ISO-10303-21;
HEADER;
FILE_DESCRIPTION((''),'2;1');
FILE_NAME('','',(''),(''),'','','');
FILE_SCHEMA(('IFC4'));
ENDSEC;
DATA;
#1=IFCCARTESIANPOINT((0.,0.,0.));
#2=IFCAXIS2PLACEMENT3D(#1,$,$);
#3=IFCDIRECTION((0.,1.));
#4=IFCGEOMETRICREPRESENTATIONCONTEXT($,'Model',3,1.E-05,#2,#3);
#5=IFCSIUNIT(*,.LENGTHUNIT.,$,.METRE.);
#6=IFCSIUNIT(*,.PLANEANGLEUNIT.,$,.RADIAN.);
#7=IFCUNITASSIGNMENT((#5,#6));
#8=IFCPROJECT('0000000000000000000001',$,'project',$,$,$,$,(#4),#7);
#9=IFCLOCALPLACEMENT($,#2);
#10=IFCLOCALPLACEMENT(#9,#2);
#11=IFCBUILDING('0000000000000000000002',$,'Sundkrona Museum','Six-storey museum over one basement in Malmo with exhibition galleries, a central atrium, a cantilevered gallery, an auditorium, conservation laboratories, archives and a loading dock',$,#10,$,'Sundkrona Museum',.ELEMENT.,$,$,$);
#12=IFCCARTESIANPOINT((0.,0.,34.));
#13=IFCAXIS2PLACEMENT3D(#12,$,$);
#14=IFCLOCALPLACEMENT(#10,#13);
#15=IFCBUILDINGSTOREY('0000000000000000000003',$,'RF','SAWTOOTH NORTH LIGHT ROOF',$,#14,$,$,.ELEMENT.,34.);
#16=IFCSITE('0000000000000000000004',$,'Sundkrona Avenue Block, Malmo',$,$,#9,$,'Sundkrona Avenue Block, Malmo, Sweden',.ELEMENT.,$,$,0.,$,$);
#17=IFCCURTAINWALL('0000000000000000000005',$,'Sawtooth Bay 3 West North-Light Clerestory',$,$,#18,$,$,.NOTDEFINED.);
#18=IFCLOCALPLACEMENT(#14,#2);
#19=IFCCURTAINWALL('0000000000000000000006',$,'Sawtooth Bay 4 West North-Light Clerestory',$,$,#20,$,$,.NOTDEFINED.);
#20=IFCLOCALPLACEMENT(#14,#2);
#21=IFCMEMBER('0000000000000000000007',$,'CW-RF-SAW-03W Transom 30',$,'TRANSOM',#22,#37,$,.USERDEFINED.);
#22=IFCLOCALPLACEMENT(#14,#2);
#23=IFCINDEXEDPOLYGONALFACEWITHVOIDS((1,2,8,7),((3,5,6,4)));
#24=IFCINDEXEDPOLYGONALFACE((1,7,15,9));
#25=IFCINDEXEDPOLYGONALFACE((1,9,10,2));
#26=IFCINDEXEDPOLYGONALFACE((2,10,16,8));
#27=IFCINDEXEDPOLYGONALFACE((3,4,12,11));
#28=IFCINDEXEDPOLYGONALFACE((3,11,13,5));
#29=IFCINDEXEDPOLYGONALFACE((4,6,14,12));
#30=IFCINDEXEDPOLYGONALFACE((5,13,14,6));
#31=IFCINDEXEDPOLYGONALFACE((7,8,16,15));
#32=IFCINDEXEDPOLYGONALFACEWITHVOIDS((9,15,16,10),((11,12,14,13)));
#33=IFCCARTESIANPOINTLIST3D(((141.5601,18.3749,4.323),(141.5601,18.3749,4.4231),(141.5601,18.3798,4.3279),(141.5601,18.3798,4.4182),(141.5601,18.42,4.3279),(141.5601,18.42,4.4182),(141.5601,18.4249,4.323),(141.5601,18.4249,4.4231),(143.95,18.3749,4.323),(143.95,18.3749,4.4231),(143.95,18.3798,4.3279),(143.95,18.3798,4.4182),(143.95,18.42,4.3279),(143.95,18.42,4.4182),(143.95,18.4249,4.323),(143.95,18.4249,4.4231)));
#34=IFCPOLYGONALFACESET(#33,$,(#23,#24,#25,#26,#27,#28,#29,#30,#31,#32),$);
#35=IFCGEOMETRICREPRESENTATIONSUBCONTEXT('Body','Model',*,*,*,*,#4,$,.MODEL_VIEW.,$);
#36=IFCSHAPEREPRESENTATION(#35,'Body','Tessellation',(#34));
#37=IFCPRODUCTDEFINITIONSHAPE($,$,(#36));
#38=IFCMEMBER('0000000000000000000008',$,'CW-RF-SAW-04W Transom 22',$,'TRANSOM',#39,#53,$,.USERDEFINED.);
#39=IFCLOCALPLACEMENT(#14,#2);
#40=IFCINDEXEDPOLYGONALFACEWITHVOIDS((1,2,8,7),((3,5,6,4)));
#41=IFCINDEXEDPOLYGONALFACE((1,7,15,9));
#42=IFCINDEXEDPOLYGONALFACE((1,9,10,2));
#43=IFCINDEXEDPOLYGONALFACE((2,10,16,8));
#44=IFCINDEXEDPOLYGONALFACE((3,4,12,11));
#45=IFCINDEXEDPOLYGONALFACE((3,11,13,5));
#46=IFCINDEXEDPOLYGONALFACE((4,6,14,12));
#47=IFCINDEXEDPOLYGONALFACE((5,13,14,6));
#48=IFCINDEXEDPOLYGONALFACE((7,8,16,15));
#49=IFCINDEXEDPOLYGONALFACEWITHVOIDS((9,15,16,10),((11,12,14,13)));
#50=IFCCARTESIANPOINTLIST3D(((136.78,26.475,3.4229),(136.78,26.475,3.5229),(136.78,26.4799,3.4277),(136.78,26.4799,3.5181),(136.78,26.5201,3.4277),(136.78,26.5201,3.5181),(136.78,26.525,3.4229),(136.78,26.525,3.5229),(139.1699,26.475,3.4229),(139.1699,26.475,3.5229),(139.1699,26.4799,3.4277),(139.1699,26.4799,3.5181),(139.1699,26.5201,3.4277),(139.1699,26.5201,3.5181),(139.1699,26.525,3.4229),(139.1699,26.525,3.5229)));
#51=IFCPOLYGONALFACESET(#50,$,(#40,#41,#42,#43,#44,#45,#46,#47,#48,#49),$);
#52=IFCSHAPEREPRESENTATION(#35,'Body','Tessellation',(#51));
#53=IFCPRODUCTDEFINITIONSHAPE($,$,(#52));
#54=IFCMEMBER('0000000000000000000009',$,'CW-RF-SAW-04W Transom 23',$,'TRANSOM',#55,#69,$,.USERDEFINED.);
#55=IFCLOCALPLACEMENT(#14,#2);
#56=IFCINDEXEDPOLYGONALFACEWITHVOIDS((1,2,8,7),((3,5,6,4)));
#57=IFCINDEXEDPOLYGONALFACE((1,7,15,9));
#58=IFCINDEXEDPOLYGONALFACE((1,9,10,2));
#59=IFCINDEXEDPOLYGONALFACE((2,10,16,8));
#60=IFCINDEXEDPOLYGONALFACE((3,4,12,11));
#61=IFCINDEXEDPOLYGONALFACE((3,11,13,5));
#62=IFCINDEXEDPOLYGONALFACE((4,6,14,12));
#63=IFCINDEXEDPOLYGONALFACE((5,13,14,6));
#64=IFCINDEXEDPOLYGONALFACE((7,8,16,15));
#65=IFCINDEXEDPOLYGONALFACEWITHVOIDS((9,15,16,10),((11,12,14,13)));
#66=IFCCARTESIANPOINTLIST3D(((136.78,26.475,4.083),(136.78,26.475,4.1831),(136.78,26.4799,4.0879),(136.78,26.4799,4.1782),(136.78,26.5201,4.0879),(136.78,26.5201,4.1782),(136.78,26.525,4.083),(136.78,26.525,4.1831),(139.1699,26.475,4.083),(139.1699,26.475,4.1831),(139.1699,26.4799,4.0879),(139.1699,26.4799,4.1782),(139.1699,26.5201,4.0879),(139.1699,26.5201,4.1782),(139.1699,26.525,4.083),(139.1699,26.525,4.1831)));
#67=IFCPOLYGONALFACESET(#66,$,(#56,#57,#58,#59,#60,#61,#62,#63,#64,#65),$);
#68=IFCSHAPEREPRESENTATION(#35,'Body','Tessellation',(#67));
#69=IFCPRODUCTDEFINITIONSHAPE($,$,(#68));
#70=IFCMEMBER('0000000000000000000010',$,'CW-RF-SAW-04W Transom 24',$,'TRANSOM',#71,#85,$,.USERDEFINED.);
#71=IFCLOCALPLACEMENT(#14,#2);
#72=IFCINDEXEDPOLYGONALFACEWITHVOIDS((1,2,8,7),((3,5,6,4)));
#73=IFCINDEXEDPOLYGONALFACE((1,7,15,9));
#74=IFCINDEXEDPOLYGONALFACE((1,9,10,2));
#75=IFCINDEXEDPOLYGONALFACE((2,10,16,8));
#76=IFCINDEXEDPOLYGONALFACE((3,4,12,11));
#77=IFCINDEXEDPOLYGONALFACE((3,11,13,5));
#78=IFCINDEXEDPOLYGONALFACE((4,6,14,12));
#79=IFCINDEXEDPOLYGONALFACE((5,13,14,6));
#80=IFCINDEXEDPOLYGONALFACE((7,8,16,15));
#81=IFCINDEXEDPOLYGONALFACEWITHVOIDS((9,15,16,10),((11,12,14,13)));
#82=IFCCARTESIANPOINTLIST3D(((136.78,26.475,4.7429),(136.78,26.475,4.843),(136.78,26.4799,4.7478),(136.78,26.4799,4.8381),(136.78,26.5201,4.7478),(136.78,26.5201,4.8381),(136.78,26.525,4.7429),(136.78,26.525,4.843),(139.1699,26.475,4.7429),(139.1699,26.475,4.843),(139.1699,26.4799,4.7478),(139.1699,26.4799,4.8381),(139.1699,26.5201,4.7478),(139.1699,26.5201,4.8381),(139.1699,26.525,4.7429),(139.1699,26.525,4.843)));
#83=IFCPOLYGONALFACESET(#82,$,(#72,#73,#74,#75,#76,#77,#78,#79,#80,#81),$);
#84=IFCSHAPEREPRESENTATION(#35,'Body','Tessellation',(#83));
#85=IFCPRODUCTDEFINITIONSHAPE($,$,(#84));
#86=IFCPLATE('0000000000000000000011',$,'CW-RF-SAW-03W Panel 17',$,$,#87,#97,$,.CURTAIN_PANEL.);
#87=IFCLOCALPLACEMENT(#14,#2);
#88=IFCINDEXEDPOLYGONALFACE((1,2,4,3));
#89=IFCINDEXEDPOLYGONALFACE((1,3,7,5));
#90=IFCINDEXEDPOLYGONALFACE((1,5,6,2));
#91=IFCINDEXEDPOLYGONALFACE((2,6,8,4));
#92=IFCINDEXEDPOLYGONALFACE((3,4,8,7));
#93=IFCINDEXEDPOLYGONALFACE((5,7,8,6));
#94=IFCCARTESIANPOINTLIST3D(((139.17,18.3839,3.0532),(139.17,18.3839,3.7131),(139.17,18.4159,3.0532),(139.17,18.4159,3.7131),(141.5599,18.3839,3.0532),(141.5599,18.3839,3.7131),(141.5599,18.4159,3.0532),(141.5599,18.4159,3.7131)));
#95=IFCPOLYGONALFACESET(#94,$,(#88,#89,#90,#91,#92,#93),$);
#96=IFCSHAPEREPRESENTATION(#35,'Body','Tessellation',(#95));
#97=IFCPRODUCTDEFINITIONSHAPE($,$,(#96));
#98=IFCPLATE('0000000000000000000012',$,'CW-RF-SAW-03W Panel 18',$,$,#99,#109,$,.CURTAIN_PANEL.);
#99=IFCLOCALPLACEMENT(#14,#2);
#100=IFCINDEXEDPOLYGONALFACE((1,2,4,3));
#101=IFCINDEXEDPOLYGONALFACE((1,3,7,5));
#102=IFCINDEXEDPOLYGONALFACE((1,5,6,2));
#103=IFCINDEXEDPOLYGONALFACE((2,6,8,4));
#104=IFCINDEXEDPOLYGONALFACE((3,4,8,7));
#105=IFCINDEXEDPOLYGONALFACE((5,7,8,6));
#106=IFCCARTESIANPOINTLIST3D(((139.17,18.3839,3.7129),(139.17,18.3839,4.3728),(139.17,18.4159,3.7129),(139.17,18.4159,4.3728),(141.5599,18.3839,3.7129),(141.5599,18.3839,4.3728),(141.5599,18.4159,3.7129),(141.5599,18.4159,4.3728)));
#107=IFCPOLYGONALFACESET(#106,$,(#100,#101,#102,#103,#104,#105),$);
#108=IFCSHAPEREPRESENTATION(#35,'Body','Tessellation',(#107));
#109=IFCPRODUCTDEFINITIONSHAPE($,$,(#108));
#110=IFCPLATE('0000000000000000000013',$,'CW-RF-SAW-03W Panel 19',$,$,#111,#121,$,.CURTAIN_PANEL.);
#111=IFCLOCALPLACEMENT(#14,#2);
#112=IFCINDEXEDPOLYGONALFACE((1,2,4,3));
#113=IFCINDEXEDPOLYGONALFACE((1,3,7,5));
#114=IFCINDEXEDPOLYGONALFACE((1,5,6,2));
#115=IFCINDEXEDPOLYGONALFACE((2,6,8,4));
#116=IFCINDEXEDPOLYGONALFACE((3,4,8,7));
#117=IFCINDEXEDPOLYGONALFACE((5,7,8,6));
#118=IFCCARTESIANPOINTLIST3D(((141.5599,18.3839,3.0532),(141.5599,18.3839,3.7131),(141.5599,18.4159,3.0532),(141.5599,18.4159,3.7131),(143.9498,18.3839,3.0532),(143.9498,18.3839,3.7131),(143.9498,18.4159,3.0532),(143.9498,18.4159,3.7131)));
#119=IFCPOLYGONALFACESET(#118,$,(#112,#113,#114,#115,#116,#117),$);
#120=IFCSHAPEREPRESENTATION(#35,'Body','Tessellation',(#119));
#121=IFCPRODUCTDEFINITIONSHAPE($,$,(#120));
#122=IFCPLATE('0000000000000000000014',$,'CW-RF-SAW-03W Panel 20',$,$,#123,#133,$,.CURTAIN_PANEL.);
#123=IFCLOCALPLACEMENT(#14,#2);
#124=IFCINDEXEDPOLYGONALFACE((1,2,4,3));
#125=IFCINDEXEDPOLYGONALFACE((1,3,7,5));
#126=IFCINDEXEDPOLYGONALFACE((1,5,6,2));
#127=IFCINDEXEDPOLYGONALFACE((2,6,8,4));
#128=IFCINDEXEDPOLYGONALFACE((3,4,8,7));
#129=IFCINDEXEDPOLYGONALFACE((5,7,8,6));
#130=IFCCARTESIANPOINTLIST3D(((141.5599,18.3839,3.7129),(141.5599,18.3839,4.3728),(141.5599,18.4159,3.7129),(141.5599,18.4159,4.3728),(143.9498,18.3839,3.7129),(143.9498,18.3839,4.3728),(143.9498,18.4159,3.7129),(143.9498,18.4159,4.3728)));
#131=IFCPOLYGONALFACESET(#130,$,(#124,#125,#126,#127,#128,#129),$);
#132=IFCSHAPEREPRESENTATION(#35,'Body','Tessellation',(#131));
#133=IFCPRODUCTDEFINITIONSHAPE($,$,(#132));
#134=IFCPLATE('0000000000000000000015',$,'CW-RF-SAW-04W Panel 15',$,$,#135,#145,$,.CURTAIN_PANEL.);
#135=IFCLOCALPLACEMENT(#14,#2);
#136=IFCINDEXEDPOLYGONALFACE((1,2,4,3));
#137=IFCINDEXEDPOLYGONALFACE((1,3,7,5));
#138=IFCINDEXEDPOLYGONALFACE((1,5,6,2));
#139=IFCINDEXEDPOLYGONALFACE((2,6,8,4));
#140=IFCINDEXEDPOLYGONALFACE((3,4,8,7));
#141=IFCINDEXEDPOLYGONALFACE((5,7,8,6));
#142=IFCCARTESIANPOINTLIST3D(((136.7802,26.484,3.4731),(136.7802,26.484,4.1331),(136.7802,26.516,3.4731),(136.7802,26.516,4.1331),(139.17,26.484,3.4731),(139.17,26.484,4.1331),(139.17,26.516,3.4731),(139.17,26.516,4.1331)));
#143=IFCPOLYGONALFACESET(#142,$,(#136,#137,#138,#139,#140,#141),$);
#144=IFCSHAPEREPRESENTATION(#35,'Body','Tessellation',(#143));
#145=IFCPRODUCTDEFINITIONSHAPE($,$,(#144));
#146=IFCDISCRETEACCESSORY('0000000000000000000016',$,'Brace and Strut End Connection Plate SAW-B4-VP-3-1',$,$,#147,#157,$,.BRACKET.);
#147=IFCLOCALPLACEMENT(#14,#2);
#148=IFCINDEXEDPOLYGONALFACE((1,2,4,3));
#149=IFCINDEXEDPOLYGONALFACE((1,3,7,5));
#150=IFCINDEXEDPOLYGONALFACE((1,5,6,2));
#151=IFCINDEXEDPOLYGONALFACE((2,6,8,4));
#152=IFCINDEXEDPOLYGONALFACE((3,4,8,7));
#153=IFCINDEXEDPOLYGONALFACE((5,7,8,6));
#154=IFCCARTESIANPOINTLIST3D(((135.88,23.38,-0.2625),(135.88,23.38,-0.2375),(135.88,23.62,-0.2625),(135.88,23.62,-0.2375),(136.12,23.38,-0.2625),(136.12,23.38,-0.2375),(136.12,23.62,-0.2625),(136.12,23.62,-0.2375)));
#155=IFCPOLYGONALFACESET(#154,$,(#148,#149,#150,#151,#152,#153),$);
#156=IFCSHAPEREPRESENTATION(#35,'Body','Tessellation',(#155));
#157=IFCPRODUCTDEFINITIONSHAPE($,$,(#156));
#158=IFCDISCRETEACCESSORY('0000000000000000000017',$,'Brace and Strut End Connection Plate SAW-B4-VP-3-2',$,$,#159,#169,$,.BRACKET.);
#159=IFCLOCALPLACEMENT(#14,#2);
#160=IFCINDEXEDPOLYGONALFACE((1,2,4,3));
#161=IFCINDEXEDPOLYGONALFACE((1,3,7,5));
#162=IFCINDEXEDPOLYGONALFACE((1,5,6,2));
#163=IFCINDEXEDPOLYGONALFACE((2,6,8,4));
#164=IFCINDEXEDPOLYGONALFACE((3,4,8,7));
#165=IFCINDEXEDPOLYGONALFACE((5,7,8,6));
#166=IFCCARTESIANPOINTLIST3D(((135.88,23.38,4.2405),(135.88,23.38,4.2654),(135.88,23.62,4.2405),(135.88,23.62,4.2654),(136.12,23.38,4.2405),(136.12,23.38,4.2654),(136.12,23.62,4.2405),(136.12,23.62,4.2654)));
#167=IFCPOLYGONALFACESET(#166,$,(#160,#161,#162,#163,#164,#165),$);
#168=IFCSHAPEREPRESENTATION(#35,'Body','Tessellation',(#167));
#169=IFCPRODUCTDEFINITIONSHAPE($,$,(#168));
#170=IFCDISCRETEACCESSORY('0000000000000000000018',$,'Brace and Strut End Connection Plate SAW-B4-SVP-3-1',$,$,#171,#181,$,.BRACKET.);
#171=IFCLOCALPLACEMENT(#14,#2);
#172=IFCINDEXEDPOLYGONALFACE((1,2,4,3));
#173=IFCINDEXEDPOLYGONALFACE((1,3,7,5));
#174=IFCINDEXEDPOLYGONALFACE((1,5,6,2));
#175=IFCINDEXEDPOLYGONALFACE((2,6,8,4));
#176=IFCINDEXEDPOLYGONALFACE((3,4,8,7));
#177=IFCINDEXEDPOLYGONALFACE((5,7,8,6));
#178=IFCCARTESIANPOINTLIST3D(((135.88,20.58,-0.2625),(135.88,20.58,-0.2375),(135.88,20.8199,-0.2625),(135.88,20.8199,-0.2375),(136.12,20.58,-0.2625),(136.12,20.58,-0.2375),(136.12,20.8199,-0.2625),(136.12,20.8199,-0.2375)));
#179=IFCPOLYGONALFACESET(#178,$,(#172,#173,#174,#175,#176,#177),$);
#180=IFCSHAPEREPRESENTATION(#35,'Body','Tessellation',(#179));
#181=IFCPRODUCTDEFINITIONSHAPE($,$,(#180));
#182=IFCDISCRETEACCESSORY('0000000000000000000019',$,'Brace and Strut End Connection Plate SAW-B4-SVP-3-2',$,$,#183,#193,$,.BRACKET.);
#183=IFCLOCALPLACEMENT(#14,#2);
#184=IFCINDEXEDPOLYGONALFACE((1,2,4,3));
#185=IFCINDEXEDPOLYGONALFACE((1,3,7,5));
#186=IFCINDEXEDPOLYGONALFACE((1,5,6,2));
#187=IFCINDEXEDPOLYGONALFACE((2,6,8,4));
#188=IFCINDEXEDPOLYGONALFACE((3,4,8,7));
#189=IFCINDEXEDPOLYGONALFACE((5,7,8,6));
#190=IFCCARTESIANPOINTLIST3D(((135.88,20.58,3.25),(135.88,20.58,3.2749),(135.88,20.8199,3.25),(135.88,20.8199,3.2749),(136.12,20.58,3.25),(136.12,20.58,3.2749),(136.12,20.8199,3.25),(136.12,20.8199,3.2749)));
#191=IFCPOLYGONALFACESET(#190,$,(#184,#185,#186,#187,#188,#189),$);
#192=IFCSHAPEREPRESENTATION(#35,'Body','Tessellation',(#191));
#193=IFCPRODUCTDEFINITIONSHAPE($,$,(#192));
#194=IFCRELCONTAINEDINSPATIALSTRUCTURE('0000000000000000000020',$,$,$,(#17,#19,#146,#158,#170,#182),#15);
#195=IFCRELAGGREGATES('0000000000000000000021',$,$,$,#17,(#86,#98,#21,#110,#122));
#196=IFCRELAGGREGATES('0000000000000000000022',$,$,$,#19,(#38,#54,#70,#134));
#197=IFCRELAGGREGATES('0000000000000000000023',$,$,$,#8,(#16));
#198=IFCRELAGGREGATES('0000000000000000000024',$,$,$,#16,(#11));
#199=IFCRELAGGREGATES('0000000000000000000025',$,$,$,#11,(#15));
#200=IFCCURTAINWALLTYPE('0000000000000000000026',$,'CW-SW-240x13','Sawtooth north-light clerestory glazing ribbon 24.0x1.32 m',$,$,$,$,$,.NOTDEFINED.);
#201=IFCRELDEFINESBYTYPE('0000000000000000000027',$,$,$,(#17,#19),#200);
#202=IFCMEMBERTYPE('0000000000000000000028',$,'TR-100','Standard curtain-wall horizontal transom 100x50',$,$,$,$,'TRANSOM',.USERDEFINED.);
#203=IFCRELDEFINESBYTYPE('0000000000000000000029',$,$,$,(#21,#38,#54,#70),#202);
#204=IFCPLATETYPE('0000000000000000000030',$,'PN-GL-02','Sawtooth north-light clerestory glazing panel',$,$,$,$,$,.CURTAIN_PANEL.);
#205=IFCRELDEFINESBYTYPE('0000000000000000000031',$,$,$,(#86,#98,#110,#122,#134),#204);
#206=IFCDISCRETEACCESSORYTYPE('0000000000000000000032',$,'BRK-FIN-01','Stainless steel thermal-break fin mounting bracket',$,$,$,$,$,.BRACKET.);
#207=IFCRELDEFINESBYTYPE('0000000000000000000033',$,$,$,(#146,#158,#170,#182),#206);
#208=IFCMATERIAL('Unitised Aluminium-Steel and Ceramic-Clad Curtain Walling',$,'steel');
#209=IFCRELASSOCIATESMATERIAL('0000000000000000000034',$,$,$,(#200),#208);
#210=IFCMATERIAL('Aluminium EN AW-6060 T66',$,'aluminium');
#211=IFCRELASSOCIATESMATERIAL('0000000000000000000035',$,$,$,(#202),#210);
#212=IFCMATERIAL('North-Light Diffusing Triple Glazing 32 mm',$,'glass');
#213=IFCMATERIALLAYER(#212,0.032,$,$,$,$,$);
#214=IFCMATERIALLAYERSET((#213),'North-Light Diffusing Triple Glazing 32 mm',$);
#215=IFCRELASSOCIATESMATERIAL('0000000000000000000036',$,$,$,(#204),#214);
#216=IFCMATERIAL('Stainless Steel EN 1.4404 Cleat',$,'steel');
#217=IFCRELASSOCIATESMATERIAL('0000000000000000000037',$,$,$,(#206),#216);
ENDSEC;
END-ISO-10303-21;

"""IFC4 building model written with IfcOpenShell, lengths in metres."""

from ifc_helpers import new_model, si_unit, direction, frame, origin, origin_2d, place, context, subcontext, project, spatial, rectangle, hollow_rectangle, extrude, material, layer, layer_set, material_profile, profile_set, type_object, element, aggregate, save


model = new_model("IFC4")

# Units and contexts
model_context = context("Model", 3, precision=1e-05, world=origin(), true_north=direction((0.0, 1.0)))
body_context = subcontext(model_context, "Body", "Model", "MODEL_VIEW")
ifc_project = project(units=[si_unit("LENGTHUNIT", "METRE"), si_unit("PLANEANGLEUNIT", "RADIAN")], contexts=[model_context])

# Site, building, storey
site_placement = place(None, origin())
site = spatial("IfcSite", under=ifc_project, at=site_placement, Name="Sundkrona Avenue Block, Malmo", LongName="Sundkrona Avenue Block, Malmo, Sweden", CompositionType="ELEMENT", RefElevation=0.0)
building_placement = place(site_placement, origin())
building = spatial("IfcBuilding", under=site, at=building_placement, Name="Sundkrona Museum", Description="Six-storey museum over one basement in Malmo with exhibition galleries, a central atrium, a cantilevered gallery, an auditorium, conservation laboratories, archives and a loading dock", LongName="Sundkrona Museum", CompositionType="ELEMENT")
storey_placement = place(building_placement, frame((0.0, 0.0, 34.0)))
storey = spatial("IfcBuildingStorey", under=building, at=storey_placement, Name="RF", Description="SAWTOOTH NORTH LIGHT ROOF", CompositionType="ELEMENT", Elevation=34.0)

# Curtain wall
ifc_material_1 = material(Name="Unitised Aluminium-Steel and Ceramic-Clad Curtain Walling", Category="steel")
curtain_wall_type = type_object("IfcCurtainWallType", Name="CW-SW-240x13", Description="Sawtooth north-light clerestory glazing ribbon 24.0x1.32 m", PredefinedType="NOTDEFINED", material=ifc_material_1)
curtain_wall_1_placement = place(storey_placement, origin())
curtain_wall_1 = element("IfcCurtainWall", 1, at=curtain_wall_1_placement, inside=storey, type_object=curtain_wall_type, Name="Sawtooth Bay 3 West North-Light Clerestory", PredefinedType="NOTDEFINED")
ifc_material_2 = material(Name="Aluminium EN AW-6060 T66", Category="aluminium")

# Curtain wall
curtain_wall_2_placement = place(storey_placement, origin())
curtain_wall_2 = element("IfcCurtainWall", 2, at=curtain_wall_2_placement, inside=storey, type_object=curtain_wall_type, Name="Sawtooth Bay 4 West North-Light Clerestory", PredefinedType="NOTDEFINED")

# Members
ifc_material_profile_1 = material_profile(ifc_material_2, hollow_rectangle(XDim=0.05, YDim=0.1001, WallThickness=0.0049, at=origin_2d()), Name="RHS 100x50x5.0")
ifc_profile_set_1 = profile_set([ifc_material_profile_1], Name="Aluminium EN AW-6060 T66")
member_type_1 = type_object("IfcMemberType", Name="TR-100", Description="Standard curtain-wall horizontal transom 100x50", ElementType="TRANSOM", PredefinedType="USERDEFINED", material=ifc_profile_set_1)
member_1_placement = place(storey_placement, frame((141.5601, 18.3999, 4.373), z_axis=(1.0, 0.0, 0.0), x_axis=(0.0, 1.0, 0.0)))
member_1 = element("IfcMember", 3, at=member_1_placement, type_object=member_type_1, Name="CW-RF-SAW-03W Transom 30", ObjectType="TRANSOM", PredefinedType="USERDEFINED", context=body_context, shape_type="SweptSolid", body=[
    extrude(hollow_rectangle(XDim=0.05, YDim=0.1001, WallThickness=0.0049, at=origin_2d()), origin(), (0.0, 0.0, 1.0), 2.3899),
])
member_2_placement = place(storey_placement, frame((136.78, 26.5, 3.4729), z_axis=(1.0, 0.0, 0.0), x_axis=(0.0, 1.0, 0.0)))
member_2 = element("IfcMember", 4, at=member_2_placement, type_object=member_type_1, Name="CW-RF-SAW-04W Transom 22", ObjectType="TRANSOM", PredefinedType="USERDEFINED", context=body_context, shape_type="SweptSolid", body=[
    extrude(hollow_rectangle(XDim=0.05, YDim=0.1001, WallThickness=0.0049, at=origin_2d()), origin(), (0.0, 0.0, 1.0), 2.3899),
])
member_3_placement = place(storey_placement, frame((136.78, 26.5, 4.1331), z_axis=(1.0, 0.0, 0.0), x_axis=(0.0, 1.0, 0.0)))
member_3 = element("IfcMember", 5, at=member_3_placement, type_object=member_type_1, Name="CW-RF-SAW-04W Transom 23", ObjectType="TRANSOM", PredefinedType="USERDEFINED", context=body_context, shape_type="SweptSolid", body=[
    extrude(hollow_rectangle(XDim=0.05, YDim=0.1001, WallThickness=0.0049, at=origin_2d()), origin(), (0.0, 0.0, 1.0), 2.3899),
])
member_4_placement = place(storey_placement, frame((136.78, 26.5, 4.793), z_axis=(1.0, 0.0, 0.0), x_axis=(0.0, 1.0, 0.0)))
member_4 = element("IfcMember", 6, at=member_4_placement, type_object=member_type_1, Name="CW-RF-SAW-04W Transom 24", ObjectType="TRANSOM", PredefinedType="USERDEFINED", context=body_context, shape_type="SweptSolid", body=[
    extrude(hollow_rectangle(XDim=0.05, YDim=0.1001, WallThickness=0.0049, at=origin_2d()), origin(), (0.0, 0.0, 1.0), 2.3899),
])

# Plates
ifc_material_3 = material(Name="North-Light Diffusing Triple Glazing 32 mm", Category="glass")
ifc_layer_1 = layer(ifc_material_3, 0.032)
ifc_layer_set_1 = layer_set([ifc_layer_1], Name="North-Light Diffusing Triple Glazing 32 mm")
plate_type = type_object("IfcPlateType", Name="PN-GL-02", Description="Sawtooth north-light clerestory glazing panel", PredefinedType="CURTAIN_PANEL", material=ifc_layer_set_1)
plate_1_placement = place(storey_placement, frame((140.365, 18.3999, 3.0532), z_axis=(0.0, 0.0, 1.0), x_axis=(1.0, 0.0, 0.0)))
plate_1 = element("IfcPlate", 7, at=plate_1_placement, type_object=plate_type, Name="CW-RF-SAW-03W Panel 17", PredefinedType="CURTAIN_PANEL", context=body_context, shape_type="SweptSolid", body=[
    extrude(rectangle(XDim=2.3899, YDim=0.032, at=origin_2d()), origin(), (0.0, 0.0, 1.0), 0.6599),
])
plate_2_placement = place(storey_placement, frame((140.365, 18.3999, 3.7129), z_axis=(0.0, 0.0, 1.0), x_axis=(1.0, 0.0, 0.0)))
plate_2 = element("IfcPlate", 8, at=plate_2_placement, type_object=plate_type, Name="CW-RF-SAW-03W Panel 18", PredefinedType="CURTAIN_PANEL", context=body_context, shape_type="SweptSolid", body=[
    extrude(rectangle(XDim=2.3899, YDim=0.032, at=origin_2d()), origin(), (0.0, 0.0, 1.0), 0.6599),
])
plate_3_placement = place(storey_placement, frame((142.7549, 18.3999, 3.0532), z_axis=(0.0, 0.0, 1.0), x_axis=(1.0, 0.0, 0.0)))
plate_3 = element("IfcPlate", 9, at=plate_3_placement, type_object=plate_type, Name="CW-RF-SAW-03W Panel 19", PredefinedType="CURTAIN_PANEL", context=body_context, shape_type="SweptSolid", body=[
    extrude(rectangle(XDim=2.3899, YDim=0.032, at=origin_2d()), origin(), (0.0, 0.0, 1.0), 0.6599),
])
plate_4_placement = place(storey_placement, frame((142.7549, 18.3999, 3.7129), z_axis=(0.0, 0.0, 1.0), x_axis=(1.0, 0.0, 0.0)))
plate_4 = element("IfcPlate", 10, at=plate_4_placement, type_object=plate_type, Name="CW-RF-SAW-03W Panel 20", PredefinedType="CURTAIN_PANEL", context=body_context, shape_type="SweptSolid", body=[
    extrude(rectangle(XDim=2.3899, YDim=0.032, at=origin_2d()), origin(), (0.0, 0.0, 1.0), 0.6599),
])
aggregate(curtain_wall_1, [plate_1, plate_2, member_1, plate_3, plate_4])
plate_5_placement = place(storey_placement, frame((137.9751, 26.5, 3.4731), z_axis=(0.0, 0.0, 1.0), x_axis=(1.0, 0.0, 0.0)))
plate_5 = element("IfcPlate", 11, at=plate_5_placement, type_object=plate_type, Name="CW-RF-SAW-04W Panel 15", PredefinedType="CURTAIN_PANEL", context=body_context, shape_type="SweptSolid", body=[
    extrude(rectangle(XDim=2.3899, YDim=0.032, at=origin_2d()), origin(), (0.0, 0.0, 1.0), 0.6599),
])
aggregate(curtain_wall_2, [member_2, member_3, member_4, plate_5])

# Discrete accessories
ifc_material_4 = material(Name="Stainless Steel EN 1.4404 Cleat", Category="steel")
discrete_accessory_type = type_object("IfcDiscreteAccessoryType", Name="BRK-FIN-01", Description="Stainless steel thermal-break fin mounting bracket", PredefinedType="BRACKET", material=ifc_material_4)
for number, where, z_axis, x_axis, name in (
    (12, (136.0, 23.5, -0.2625), (0.0, 0.0, 1.0), (1.0, 0.0, 0.0), "Brace and Strut End Connection Plate SAW-B4-VP-3-1"),
    (13, (136.0, 23.5, 4.2405), (0.0, 0.0, 1.0), (1.0, 0.0, 0.0), "Brace and Strut End Connection Plate SAW-B4-VP-3-2"),
    (14, (136.0, 20.7, -0.2625), (0.0, 0.0, 1.0), (1.0, 0.0, 0.0), "Brace and Strut End Connection Plate SAW-B4-SVP-3-1"),
    (15, (136.0, 20.7, 3.25), (0.0, 0.0, 1.0), (1.0, 0.0, 0.0), "Brace and Strut End Connection Plate SAW-B4-SVP-3-2"),
):
    element("IfcDiscreteAccessory", number, at=place(storey_placement, frame(where, z_axis=z_axis, x_axis=x_axis)), inside=storey, type_object=discrete_accessory_type, Name=name, PredefinedType="BRACKET", context=body_context, shape_type="SweptSolid", body=[
        extrude(rectangle(XDim=0.24, YDim=0.24, at=origin_2d()), origin(), (0.0, 0.0, 1.0), 0.0249),
    ])

save(model, "model.ifc")
